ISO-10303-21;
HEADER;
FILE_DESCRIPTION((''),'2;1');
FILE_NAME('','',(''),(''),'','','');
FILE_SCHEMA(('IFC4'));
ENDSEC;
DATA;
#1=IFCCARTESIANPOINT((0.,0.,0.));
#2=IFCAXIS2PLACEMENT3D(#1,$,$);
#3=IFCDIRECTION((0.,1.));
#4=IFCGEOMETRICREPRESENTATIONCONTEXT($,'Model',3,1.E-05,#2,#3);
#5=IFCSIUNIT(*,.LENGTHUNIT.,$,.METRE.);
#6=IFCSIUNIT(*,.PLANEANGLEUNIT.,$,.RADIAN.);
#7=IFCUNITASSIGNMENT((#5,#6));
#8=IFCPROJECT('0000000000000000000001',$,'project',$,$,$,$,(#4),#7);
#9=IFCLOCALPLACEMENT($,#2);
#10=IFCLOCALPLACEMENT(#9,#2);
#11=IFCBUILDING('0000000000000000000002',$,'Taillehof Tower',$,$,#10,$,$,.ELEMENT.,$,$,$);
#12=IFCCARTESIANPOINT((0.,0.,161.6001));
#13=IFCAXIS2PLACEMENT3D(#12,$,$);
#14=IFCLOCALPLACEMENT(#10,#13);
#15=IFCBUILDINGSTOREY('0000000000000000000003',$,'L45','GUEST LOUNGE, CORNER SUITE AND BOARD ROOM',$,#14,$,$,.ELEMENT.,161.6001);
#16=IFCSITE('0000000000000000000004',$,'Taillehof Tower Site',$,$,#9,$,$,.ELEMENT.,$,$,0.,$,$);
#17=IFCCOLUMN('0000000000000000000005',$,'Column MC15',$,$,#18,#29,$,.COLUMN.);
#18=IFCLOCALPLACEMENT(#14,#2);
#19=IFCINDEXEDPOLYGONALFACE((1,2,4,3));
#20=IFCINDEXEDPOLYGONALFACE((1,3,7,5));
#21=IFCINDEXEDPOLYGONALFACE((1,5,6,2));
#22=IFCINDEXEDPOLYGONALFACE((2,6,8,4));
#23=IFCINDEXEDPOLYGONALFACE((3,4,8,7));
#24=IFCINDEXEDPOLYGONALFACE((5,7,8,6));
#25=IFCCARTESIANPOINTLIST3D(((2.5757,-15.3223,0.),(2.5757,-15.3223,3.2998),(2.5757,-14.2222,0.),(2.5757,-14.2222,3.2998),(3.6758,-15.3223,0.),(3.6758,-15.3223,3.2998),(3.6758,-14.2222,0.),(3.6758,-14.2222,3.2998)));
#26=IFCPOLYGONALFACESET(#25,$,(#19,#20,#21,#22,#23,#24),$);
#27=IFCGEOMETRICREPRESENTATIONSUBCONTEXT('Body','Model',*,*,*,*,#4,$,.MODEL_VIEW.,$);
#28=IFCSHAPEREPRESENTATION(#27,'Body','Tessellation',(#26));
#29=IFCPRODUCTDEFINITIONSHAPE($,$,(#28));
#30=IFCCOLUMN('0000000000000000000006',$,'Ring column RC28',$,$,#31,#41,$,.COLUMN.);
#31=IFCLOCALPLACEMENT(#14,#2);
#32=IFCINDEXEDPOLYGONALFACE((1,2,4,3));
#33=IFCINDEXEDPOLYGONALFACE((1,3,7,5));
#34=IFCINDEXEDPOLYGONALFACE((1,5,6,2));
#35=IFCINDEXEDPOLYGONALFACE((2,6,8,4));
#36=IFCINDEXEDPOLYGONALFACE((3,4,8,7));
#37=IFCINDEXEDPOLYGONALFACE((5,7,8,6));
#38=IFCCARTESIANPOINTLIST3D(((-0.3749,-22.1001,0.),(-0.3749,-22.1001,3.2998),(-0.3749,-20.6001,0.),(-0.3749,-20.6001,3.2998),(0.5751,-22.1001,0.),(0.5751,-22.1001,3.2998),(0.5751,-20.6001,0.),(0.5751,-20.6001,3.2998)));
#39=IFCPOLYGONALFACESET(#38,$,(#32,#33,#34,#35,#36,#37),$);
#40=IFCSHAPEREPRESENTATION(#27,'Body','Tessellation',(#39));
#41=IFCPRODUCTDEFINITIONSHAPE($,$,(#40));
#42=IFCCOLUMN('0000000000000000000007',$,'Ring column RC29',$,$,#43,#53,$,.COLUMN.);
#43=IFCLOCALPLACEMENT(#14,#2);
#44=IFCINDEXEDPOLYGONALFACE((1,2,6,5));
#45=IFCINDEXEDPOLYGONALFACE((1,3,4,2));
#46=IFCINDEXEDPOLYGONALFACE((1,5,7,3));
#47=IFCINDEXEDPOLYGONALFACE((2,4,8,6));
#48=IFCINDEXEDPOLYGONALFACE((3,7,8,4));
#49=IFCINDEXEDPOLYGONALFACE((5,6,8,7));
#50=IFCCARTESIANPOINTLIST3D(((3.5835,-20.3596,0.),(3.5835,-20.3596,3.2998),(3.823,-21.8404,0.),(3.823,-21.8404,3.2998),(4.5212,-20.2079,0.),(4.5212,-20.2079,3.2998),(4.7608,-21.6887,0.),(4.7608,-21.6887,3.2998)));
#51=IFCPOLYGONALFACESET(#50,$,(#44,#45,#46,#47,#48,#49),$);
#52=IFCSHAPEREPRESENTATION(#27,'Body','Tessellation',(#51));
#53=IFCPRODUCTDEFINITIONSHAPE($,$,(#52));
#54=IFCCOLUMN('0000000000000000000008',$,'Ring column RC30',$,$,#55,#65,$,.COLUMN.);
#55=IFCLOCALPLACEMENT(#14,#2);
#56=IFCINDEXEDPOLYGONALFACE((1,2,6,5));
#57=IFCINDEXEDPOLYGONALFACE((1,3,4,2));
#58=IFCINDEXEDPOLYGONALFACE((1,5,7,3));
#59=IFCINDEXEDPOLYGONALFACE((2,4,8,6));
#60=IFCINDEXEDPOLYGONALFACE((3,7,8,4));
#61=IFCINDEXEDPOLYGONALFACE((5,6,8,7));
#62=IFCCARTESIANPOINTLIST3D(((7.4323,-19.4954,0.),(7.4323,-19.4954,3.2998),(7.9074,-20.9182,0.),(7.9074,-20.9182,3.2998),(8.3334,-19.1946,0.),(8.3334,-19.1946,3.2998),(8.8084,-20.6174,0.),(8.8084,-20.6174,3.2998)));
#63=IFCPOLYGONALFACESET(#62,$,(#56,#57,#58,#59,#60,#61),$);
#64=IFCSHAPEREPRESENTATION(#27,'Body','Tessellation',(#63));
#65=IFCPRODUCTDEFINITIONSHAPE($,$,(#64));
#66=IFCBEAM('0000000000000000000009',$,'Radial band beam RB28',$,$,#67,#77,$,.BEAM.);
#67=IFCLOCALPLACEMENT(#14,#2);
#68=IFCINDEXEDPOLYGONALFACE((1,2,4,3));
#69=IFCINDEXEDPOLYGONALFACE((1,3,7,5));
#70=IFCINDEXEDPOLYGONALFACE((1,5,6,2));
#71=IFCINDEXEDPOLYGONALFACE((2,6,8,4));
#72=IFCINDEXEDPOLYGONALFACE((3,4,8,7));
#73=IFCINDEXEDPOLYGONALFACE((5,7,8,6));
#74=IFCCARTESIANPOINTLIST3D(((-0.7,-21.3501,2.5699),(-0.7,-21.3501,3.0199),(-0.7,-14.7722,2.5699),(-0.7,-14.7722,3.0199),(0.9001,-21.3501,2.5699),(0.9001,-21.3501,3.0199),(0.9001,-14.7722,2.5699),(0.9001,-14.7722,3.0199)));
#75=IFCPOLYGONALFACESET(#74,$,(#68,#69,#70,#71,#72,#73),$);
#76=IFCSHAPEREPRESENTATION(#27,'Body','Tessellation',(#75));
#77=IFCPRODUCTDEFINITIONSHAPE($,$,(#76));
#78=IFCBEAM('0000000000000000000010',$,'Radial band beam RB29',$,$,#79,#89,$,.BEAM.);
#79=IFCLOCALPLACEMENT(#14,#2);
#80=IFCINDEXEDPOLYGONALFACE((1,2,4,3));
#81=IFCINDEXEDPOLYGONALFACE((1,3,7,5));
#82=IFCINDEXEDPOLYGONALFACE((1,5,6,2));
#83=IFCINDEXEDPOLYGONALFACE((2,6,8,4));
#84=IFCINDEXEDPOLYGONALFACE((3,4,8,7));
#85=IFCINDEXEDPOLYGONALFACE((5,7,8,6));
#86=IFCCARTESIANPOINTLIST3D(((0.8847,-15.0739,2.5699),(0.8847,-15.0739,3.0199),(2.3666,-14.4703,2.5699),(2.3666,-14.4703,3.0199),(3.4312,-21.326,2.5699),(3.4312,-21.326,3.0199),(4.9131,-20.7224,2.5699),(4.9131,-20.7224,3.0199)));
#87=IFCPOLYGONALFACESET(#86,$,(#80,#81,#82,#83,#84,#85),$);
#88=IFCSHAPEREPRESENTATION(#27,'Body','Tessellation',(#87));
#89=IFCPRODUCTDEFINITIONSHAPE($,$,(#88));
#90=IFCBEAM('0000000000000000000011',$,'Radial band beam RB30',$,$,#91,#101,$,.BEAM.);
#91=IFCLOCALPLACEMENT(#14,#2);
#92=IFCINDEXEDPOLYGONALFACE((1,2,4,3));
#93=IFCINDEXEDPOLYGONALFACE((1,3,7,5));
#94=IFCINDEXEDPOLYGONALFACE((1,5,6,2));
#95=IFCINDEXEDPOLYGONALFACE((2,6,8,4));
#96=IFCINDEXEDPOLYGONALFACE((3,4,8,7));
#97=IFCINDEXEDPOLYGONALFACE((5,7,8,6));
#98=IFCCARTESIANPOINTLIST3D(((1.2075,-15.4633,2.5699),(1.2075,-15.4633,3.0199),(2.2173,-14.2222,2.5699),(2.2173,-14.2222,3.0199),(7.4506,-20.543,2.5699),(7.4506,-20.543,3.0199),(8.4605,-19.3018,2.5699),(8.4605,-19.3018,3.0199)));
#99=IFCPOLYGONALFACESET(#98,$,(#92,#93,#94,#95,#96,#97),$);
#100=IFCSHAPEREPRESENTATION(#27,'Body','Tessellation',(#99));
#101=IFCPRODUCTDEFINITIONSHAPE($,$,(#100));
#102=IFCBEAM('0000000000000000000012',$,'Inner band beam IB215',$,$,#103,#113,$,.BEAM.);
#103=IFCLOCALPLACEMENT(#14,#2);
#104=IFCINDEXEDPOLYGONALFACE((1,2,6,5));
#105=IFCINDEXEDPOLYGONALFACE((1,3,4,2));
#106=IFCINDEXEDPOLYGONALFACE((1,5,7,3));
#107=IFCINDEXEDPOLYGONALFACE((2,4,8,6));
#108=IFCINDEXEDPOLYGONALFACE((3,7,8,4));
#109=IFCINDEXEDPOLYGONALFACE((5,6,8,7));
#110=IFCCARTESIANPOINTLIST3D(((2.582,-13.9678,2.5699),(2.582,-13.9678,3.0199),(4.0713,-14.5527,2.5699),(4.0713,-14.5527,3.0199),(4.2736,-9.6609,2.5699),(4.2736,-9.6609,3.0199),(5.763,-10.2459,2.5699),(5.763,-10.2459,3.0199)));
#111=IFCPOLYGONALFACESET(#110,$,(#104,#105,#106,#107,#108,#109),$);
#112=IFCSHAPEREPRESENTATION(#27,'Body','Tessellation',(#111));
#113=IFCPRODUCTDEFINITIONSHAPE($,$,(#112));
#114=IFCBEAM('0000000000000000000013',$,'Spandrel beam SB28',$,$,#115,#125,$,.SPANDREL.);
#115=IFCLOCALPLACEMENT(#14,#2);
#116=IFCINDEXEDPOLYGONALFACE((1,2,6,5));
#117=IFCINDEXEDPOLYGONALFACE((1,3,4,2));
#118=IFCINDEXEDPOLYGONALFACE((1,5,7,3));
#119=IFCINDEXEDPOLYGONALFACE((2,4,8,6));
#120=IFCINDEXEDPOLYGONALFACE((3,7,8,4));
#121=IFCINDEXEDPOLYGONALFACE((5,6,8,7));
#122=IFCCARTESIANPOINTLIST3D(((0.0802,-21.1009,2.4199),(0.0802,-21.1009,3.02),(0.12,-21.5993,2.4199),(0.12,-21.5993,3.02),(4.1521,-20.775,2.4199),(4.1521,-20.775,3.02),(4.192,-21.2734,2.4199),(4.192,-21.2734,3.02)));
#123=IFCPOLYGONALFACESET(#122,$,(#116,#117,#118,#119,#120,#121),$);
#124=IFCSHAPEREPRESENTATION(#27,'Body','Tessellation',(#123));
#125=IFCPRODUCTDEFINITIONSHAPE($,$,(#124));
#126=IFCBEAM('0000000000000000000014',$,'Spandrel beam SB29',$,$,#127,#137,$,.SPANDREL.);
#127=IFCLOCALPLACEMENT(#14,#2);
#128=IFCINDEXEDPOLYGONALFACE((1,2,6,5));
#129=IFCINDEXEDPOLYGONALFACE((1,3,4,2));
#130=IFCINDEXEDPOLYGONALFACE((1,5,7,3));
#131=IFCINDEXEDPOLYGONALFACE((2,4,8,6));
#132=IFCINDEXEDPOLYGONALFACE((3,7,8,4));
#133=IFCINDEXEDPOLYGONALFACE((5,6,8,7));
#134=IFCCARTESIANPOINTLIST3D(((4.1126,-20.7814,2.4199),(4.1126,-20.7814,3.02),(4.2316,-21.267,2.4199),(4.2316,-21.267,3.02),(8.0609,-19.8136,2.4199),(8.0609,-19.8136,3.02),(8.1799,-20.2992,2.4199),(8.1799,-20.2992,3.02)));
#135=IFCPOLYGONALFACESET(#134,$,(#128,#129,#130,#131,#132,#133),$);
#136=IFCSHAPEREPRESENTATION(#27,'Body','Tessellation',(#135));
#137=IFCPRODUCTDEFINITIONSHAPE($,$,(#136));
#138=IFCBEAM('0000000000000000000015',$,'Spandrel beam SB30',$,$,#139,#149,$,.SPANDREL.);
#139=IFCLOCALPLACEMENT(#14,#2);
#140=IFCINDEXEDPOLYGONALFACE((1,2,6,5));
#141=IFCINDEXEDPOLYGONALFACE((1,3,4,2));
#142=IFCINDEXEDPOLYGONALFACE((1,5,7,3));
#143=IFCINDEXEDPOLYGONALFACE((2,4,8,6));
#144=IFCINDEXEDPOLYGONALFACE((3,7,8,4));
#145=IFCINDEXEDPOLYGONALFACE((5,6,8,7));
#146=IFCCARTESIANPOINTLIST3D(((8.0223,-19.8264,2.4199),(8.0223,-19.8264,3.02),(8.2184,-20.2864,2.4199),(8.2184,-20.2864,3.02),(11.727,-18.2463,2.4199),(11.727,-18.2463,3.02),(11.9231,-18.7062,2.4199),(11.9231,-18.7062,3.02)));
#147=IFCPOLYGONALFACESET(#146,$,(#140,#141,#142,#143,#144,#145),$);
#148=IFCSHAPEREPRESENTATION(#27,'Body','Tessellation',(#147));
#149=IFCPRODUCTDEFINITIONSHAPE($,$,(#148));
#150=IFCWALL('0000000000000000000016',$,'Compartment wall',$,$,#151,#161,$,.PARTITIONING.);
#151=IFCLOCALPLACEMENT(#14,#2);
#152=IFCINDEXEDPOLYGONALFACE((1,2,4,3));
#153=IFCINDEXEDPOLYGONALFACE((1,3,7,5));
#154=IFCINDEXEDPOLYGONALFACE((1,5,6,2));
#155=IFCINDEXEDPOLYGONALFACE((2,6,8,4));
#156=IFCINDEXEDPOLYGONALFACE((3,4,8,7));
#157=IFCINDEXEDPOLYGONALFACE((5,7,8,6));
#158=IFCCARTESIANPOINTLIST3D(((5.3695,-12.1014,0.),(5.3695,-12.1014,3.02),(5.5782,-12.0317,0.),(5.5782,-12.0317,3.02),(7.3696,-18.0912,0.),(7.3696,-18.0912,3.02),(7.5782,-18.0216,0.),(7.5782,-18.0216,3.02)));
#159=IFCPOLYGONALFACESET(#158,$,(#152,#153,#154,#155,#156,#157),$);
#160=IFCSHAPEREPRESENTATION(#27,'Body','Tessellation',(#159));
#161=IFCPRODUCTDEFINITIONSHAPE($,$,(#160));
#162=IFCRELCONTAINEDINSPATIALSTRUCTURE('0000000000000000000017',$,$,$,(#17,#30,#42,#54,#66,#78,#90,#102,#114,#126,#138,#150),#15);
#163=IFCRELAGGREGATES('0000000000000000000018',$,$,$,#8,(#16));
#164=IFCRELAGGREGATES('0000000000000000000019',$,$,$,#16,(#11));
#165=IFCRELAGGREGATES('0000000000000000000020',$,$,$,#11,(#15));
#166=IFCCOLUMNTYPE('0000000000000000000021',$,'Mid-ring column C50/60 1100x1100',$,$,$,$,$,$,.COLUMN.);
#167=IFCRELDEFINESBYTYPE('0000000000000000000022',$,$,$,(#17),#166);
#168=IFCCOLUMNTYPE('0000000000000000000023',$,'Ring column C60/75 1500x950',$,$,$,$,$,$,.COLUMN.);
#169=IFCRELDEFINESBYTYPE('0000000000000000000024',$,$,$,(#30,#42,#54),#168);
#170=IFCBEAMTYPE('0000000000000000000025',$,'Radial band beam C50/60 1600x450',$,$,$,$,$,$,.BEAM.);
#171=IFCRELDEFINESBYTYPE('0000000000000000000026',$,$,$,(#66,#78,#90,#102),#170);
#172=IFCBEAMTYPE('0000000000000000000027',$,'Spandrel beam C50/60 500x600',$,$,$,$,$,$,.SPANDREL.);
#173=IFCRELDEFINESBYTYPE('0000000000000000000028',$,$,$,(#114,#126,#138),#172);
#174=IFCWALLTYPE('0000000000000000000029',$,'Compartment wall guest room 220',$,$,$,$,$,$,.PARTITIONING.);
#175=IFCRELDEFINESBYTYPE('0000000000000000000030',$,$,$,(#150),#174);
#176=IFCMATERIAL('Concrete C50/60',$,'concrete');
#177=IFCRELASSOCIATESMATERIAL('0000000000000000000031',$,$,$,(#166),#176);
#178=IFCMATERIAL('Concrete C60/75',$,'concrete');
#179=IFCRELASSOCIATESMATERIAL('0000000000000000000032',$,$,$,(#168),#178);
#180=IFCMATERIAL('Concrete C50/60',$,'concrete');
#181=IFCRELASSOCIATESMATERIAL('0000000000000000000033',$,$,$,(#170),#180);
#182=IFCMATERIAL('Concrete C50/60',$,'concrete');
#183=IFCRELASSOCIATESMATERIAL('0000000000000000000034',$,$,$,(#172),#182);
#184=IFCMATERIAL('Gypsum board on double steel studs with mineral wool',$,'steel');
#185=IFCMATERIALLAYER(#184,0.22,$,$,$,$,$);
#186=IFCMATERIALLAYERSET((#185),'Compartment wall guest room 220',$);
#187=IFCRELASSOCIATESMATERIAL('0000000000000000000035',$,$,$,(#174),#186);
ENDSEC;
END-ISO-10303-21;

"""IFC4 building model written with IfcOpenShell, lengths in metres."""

from ifc_helpers import new_model, si_unit, direction, frame, frame_2d, origin, origin_2d, place, context, subcontext, project, spatial, rectangle, extrude, material, layer, layer_set, material_profile, profile_set, type_object, element, save


model = new_model("IFC4")

# Units and contexts
model_context = context("Model", 3, precision=1e-05, world=origin(), true_north=direction((0.0, 1.0)))
body_context = subcontext(model_context, "Body", "Model", "MODEL_VIEW")
ifc_project = project(units=[si_unit("LENGTHUNIT", "METRE"), si_unit("PLANEANGLEUNIT", "RADIAN")], contexts=[model_context])

# Site, building, storey
site_placement = place(None, origin())
site = spatial("IfcSite", under=ifc_project, at=site_placement, Name="Taillehof Tower Site", CompositionType="ELEMENT", RefElevation=0.0)
building_placement = place(site_placement, origin())
building = spatial("IfcBuilding", under=site, at=building_placement, Name="Taillehof Tower", CompositionType="ELEMENT")
storey_placement = place(building_placement, frame((0.0, 0.0, 161.6001)))
storey = spatial("IfcBuildingStorey", under=building, at=storey_placement, Name="L45", Description="GUEST LOUNGE, CORNER SUITE AND BOARD ROOM", CompositionType="ELEMENT", Elevation=161.6001)

# Columns
ifc_material_1 = material(Name="Concrete C50/60", Category="concrete")
ifc_material_profile_1 = material_profile(ifc_material_1, rectangle(XDim=1.1001, YDim=1.1001, at=origin_2d()), Name="RC 1100x1100")
ifc_profile_set_1 = profile_set([ifc_material_profile_1], Name="Concrete C50/60")
column_type_1 = type_object("IfcColumnType", Name="Mid-ring column C50/60 1100x1100", PredefinedType="COLUMN", material=ifc_profile_set_1)
column_placement = place(storey_placement, frame((3.1257, -14.7722, 0.0), z_axis=(0.0, 0.0, 1.0), x_axis=(1.0, 0.0, 0.0)))
element("IfcColumn", 1, at=column_placement, inside=storey, type_object=column_type_1, Name="Column MC15", PredefinedType="COLUMN", context=body_context, shape_type="SweptSolid", body=[
    extrude(rectangle(XDim=1.1001, YDim=1.1001, at=origin_2d()), origin(), (0.0, 0.0, 1.0), 3.2998),
])
ifc_material_2 = material(Name="Concrete C60/75", Category="concrete")
ifc_material_profile_2 = material_profile(ifc_material_2, rectangle(XDim=1.5, YDim=0.95, at=origin_2d()), Name="RC 1500x950")
ifc_profile_set_2 = profile_set([ifc_material_profile_2], Name="Concrete C60/75")
column_type_2 = type_object("IfcColumnType", Name="Ring column C60/75 1500x950", PredefinedType="COLUMN", material=ifc_profile_set_2)
for number, where, z_axis, x_axis, name in (
    (2, (0.1001, -21.3501, 0.0), (0.0, 0.0, 1.0), (0.0, -1.0, 0.0), "Ring column RC28"),
    (3, (4.1721, -21.0242, 0.0), (0.0, 0.0, 1.0), (0.159679, -0.987169, 0.0), "Ring column RC29"),
    (4, (8.1204, -20.0564, 0.0), (0.0, 0.0, 1.0), (0.316703, -0.948525, 0.0), "Ring column RC30"),
):
    element("IfcColumn", number, at=place(storey_placement, frame(where, z_axis=z_axis, x_axis=x_axis)), inside=storey, type_object=column_type_2, Name=name, PredefinedType="COLUMN", context=body_context, shape_type="SweptSolid", body=[
        extrude(rectangle(XDim=1.5, YDim=0.95, at=origin_2d()), origin(), (0.0, 0.0, 1.0), 3.2998),
    ])

# Beams
ifc_material_3 = material(Name="Concrete C50/60", Category="concrete")
ifc_material_profile_3 = material_profile(ifc_material_3, rectangle(XDim=1.6001, YDim=0.45, at=origin_2d()), Name="RC 1600x450")
ifc_profile_set_3 = profile_set([ifc_material_profile_3], Name="Concrete C50/60")
beam_type_1 = type_object("IfcBeamType", Name="Radial band beam C50/60 1600x450", PredefinedType="BEAM", material=ifc_profile_set_3)
beam_1_placement = place(storey_placement, frame((0.1001, -21.3501, 2.7949), z_axis=(0.0, 1.0, 0.0), x_axis=(-1.0, 0.0, 0.0)))
element("IfcBeam", 5, at=beam_1_placement, inside=storey, type_object=beam_type_1, Name="Radial band beam RB28", PredefinedType="BEAM", context=body_context, shape_type="SweptSolid", body=[
    extrude(rectangle(XDim=1.6001, YDim=0.45, at=origin_2d()), origin(), (0.0, 0.0, 1.0), 6.5779),
])
beam_2_placement = place(storey_placement, frame((4.1721, -21.0242, 2.7949), z_axis=(-0.377207, 0.926129, 0.0), x_axis=(-0.926129, -0.377207, 0.0)))
element("IfcBeam", 6, at=beam_2_placement, inside=storey, type_object=beam_type_1, Name="Radial band beam RB29", PredefinedType="BEAM", context=body_context, shape_type="SweptSolid", body=[
    extrude(rectangle(XDim=1.6001, YDim=0.45, at=origin_2d()), origin(), (0.0, 0.0, 1.0), 6.7507),
])
beam_3_placement = place(storey_placement, frame((7.9556, -19.9224, 2.7949), z_axis=(-0.775687, 0.631118, 0.0), x_axis=(-0.631118, -0.775687, 0.0)))
element("IfcBeam", 7, at=beam_3_placement, inside=storey, type_object=beam_type_1, Name="Radial band beam RB30", PredefinedType="BEAM", context=body_context, shape_type="SweptSolid", body=[
    extrude(rectangle(XDim=1.6001, YDim=0.45, at=origin_2d()), origin(), (0.0, 0.0, 1.0), 8.0486),
])
beam_4_placement = place(storey_placement, frame((3.3267, -14.2603, 2.7949), z_axis=(0.365589, 0.930777, 0.0), x_axis=(-0.930777, 0.365589, 0.0)))
element("IfcBeam", 8, at=beam_4_placement, inside=storey, type_object=beam_type_1, Name="Inner band beam IB215", PredefinedType="BEAM", context=body_context, shape_type="SweptSolid", body=[
    extrude(rectangle(XDim=1.6001, YDim=0.45, at=origin_2d()), origin(), (0.0, 0.0, 1.0), 4.6272),
])
ifc_material_4 = material(Name="Concrete C50/60", Category="concrete")
ifc_material_profile_4 = material_profile(ifc_material_4, rectangle(XDim=0.5, YDim=0.6001, at=origin_2d()), Name="RC 500x600")
ifc_profile_set_4 = profile_set([ifc_material_profile_4], Name="Concrete C50/60")
beam_type_2 = type_object("IfcBeamType", Name="Spandrel beam C50/60 500x600", PredefinedType="SPANDREL", material=ifc_profile_set_4)
beam_5_placement = place(storey_placement, frame((0.1001, -21.3501, 2.72), z_axis=(0.996812, 0.079786, 0.0), x_axis=(-0.079786, 0.996812, 0.0)))
element("IfcBeam", 9, at=beam_5_placement, inside=storey, type_object=beam_type_2, Name="Spandrel beam SB28", PredefinedType="SPANDREL", context=body_context, shape_type="SweptSolid", body=[
    extrude(rectangle(XDim=0.5, YDim=0.6001, at=origin_2d()), origin(), (0.0, 0.0, 1.0), 4.085),
])
beam_6_placement = place(storey_placement, frame((4.1721, -21.0242, 2.72), z_axis=(0.971249, 0.238068, 0.0), x_axis=(-0.238068, 0.971249, 0.0)))
element("IfcBeam", 10, at=beam_6_placement, inside=storey, type_object=beam_type_2, Name="Spandrel beam SB29", PredefinedType="SPANDREL", context=body_context, shape_type="SweptSolid", body=[
    extrude(rectangle(XDim=0.5, YDim=0.6001, at=origin_2d()), origin(), (0.0, 0.0, 1.0), 4.0652),
])
beam_7_placement = place(storey_placement, frame((8.1204, -20.0564, 2.72), z_axis=(0.919827, 0.392324, 0.0), x_axis=(-0.392324, 0.919827, 0.0)))
element("IfcBeam", 11, at=beam_7_placement, inside=storey, type_object=beam_type_2, Name="Spandrel beam SB30", PredefinedType="SPANDREL", context=body_context, shape_type="SweptSolid", body=[
    extrude(rectangle(XDim=0.5, YDim=0.6001, at=origin_2d()), origin(), (0.0, 0.0, 1.0), 4.0276),
])

# Wall
ifc_material_5 = material(Name="Gypsum board on double steel studs with mineral wool", Category="steel")
ifc_layer_1 = layer(ifc_material_5, 0.22)
ifc_layer_set_1 = layer_set([ifc_layer_1], Name="Compartment wall guest room 220")
wall_type_1 = type_object("IfcWallType", Name="Compartment wall guest room 220", PredefinedType="PARTITIONING", material=ifc_layer_set_1)
wall_1_placement = place(storey_placement, frame((7.4739, -18.0564, 0.0), z_axis=(0.0, 0.0, 1.0), x_axis=(-0.316715, 0.948521, 0.0)))
element("IfcWall", 12, at=wall_1_placement, inside=storey, type_object=wall_type_1, Name="Compartment wall", PredefinedType="PARTITIONING", context=body_context, shape_type="SweptSolid", body=[
    extrude(rectangle(XDim=6.3149, YDim=0.22, at=frame_2d((3.1575, 0.0))), origin(), (0.0, 0.0, 1.0), 3.02),
])

save(model, "model.ifc")
